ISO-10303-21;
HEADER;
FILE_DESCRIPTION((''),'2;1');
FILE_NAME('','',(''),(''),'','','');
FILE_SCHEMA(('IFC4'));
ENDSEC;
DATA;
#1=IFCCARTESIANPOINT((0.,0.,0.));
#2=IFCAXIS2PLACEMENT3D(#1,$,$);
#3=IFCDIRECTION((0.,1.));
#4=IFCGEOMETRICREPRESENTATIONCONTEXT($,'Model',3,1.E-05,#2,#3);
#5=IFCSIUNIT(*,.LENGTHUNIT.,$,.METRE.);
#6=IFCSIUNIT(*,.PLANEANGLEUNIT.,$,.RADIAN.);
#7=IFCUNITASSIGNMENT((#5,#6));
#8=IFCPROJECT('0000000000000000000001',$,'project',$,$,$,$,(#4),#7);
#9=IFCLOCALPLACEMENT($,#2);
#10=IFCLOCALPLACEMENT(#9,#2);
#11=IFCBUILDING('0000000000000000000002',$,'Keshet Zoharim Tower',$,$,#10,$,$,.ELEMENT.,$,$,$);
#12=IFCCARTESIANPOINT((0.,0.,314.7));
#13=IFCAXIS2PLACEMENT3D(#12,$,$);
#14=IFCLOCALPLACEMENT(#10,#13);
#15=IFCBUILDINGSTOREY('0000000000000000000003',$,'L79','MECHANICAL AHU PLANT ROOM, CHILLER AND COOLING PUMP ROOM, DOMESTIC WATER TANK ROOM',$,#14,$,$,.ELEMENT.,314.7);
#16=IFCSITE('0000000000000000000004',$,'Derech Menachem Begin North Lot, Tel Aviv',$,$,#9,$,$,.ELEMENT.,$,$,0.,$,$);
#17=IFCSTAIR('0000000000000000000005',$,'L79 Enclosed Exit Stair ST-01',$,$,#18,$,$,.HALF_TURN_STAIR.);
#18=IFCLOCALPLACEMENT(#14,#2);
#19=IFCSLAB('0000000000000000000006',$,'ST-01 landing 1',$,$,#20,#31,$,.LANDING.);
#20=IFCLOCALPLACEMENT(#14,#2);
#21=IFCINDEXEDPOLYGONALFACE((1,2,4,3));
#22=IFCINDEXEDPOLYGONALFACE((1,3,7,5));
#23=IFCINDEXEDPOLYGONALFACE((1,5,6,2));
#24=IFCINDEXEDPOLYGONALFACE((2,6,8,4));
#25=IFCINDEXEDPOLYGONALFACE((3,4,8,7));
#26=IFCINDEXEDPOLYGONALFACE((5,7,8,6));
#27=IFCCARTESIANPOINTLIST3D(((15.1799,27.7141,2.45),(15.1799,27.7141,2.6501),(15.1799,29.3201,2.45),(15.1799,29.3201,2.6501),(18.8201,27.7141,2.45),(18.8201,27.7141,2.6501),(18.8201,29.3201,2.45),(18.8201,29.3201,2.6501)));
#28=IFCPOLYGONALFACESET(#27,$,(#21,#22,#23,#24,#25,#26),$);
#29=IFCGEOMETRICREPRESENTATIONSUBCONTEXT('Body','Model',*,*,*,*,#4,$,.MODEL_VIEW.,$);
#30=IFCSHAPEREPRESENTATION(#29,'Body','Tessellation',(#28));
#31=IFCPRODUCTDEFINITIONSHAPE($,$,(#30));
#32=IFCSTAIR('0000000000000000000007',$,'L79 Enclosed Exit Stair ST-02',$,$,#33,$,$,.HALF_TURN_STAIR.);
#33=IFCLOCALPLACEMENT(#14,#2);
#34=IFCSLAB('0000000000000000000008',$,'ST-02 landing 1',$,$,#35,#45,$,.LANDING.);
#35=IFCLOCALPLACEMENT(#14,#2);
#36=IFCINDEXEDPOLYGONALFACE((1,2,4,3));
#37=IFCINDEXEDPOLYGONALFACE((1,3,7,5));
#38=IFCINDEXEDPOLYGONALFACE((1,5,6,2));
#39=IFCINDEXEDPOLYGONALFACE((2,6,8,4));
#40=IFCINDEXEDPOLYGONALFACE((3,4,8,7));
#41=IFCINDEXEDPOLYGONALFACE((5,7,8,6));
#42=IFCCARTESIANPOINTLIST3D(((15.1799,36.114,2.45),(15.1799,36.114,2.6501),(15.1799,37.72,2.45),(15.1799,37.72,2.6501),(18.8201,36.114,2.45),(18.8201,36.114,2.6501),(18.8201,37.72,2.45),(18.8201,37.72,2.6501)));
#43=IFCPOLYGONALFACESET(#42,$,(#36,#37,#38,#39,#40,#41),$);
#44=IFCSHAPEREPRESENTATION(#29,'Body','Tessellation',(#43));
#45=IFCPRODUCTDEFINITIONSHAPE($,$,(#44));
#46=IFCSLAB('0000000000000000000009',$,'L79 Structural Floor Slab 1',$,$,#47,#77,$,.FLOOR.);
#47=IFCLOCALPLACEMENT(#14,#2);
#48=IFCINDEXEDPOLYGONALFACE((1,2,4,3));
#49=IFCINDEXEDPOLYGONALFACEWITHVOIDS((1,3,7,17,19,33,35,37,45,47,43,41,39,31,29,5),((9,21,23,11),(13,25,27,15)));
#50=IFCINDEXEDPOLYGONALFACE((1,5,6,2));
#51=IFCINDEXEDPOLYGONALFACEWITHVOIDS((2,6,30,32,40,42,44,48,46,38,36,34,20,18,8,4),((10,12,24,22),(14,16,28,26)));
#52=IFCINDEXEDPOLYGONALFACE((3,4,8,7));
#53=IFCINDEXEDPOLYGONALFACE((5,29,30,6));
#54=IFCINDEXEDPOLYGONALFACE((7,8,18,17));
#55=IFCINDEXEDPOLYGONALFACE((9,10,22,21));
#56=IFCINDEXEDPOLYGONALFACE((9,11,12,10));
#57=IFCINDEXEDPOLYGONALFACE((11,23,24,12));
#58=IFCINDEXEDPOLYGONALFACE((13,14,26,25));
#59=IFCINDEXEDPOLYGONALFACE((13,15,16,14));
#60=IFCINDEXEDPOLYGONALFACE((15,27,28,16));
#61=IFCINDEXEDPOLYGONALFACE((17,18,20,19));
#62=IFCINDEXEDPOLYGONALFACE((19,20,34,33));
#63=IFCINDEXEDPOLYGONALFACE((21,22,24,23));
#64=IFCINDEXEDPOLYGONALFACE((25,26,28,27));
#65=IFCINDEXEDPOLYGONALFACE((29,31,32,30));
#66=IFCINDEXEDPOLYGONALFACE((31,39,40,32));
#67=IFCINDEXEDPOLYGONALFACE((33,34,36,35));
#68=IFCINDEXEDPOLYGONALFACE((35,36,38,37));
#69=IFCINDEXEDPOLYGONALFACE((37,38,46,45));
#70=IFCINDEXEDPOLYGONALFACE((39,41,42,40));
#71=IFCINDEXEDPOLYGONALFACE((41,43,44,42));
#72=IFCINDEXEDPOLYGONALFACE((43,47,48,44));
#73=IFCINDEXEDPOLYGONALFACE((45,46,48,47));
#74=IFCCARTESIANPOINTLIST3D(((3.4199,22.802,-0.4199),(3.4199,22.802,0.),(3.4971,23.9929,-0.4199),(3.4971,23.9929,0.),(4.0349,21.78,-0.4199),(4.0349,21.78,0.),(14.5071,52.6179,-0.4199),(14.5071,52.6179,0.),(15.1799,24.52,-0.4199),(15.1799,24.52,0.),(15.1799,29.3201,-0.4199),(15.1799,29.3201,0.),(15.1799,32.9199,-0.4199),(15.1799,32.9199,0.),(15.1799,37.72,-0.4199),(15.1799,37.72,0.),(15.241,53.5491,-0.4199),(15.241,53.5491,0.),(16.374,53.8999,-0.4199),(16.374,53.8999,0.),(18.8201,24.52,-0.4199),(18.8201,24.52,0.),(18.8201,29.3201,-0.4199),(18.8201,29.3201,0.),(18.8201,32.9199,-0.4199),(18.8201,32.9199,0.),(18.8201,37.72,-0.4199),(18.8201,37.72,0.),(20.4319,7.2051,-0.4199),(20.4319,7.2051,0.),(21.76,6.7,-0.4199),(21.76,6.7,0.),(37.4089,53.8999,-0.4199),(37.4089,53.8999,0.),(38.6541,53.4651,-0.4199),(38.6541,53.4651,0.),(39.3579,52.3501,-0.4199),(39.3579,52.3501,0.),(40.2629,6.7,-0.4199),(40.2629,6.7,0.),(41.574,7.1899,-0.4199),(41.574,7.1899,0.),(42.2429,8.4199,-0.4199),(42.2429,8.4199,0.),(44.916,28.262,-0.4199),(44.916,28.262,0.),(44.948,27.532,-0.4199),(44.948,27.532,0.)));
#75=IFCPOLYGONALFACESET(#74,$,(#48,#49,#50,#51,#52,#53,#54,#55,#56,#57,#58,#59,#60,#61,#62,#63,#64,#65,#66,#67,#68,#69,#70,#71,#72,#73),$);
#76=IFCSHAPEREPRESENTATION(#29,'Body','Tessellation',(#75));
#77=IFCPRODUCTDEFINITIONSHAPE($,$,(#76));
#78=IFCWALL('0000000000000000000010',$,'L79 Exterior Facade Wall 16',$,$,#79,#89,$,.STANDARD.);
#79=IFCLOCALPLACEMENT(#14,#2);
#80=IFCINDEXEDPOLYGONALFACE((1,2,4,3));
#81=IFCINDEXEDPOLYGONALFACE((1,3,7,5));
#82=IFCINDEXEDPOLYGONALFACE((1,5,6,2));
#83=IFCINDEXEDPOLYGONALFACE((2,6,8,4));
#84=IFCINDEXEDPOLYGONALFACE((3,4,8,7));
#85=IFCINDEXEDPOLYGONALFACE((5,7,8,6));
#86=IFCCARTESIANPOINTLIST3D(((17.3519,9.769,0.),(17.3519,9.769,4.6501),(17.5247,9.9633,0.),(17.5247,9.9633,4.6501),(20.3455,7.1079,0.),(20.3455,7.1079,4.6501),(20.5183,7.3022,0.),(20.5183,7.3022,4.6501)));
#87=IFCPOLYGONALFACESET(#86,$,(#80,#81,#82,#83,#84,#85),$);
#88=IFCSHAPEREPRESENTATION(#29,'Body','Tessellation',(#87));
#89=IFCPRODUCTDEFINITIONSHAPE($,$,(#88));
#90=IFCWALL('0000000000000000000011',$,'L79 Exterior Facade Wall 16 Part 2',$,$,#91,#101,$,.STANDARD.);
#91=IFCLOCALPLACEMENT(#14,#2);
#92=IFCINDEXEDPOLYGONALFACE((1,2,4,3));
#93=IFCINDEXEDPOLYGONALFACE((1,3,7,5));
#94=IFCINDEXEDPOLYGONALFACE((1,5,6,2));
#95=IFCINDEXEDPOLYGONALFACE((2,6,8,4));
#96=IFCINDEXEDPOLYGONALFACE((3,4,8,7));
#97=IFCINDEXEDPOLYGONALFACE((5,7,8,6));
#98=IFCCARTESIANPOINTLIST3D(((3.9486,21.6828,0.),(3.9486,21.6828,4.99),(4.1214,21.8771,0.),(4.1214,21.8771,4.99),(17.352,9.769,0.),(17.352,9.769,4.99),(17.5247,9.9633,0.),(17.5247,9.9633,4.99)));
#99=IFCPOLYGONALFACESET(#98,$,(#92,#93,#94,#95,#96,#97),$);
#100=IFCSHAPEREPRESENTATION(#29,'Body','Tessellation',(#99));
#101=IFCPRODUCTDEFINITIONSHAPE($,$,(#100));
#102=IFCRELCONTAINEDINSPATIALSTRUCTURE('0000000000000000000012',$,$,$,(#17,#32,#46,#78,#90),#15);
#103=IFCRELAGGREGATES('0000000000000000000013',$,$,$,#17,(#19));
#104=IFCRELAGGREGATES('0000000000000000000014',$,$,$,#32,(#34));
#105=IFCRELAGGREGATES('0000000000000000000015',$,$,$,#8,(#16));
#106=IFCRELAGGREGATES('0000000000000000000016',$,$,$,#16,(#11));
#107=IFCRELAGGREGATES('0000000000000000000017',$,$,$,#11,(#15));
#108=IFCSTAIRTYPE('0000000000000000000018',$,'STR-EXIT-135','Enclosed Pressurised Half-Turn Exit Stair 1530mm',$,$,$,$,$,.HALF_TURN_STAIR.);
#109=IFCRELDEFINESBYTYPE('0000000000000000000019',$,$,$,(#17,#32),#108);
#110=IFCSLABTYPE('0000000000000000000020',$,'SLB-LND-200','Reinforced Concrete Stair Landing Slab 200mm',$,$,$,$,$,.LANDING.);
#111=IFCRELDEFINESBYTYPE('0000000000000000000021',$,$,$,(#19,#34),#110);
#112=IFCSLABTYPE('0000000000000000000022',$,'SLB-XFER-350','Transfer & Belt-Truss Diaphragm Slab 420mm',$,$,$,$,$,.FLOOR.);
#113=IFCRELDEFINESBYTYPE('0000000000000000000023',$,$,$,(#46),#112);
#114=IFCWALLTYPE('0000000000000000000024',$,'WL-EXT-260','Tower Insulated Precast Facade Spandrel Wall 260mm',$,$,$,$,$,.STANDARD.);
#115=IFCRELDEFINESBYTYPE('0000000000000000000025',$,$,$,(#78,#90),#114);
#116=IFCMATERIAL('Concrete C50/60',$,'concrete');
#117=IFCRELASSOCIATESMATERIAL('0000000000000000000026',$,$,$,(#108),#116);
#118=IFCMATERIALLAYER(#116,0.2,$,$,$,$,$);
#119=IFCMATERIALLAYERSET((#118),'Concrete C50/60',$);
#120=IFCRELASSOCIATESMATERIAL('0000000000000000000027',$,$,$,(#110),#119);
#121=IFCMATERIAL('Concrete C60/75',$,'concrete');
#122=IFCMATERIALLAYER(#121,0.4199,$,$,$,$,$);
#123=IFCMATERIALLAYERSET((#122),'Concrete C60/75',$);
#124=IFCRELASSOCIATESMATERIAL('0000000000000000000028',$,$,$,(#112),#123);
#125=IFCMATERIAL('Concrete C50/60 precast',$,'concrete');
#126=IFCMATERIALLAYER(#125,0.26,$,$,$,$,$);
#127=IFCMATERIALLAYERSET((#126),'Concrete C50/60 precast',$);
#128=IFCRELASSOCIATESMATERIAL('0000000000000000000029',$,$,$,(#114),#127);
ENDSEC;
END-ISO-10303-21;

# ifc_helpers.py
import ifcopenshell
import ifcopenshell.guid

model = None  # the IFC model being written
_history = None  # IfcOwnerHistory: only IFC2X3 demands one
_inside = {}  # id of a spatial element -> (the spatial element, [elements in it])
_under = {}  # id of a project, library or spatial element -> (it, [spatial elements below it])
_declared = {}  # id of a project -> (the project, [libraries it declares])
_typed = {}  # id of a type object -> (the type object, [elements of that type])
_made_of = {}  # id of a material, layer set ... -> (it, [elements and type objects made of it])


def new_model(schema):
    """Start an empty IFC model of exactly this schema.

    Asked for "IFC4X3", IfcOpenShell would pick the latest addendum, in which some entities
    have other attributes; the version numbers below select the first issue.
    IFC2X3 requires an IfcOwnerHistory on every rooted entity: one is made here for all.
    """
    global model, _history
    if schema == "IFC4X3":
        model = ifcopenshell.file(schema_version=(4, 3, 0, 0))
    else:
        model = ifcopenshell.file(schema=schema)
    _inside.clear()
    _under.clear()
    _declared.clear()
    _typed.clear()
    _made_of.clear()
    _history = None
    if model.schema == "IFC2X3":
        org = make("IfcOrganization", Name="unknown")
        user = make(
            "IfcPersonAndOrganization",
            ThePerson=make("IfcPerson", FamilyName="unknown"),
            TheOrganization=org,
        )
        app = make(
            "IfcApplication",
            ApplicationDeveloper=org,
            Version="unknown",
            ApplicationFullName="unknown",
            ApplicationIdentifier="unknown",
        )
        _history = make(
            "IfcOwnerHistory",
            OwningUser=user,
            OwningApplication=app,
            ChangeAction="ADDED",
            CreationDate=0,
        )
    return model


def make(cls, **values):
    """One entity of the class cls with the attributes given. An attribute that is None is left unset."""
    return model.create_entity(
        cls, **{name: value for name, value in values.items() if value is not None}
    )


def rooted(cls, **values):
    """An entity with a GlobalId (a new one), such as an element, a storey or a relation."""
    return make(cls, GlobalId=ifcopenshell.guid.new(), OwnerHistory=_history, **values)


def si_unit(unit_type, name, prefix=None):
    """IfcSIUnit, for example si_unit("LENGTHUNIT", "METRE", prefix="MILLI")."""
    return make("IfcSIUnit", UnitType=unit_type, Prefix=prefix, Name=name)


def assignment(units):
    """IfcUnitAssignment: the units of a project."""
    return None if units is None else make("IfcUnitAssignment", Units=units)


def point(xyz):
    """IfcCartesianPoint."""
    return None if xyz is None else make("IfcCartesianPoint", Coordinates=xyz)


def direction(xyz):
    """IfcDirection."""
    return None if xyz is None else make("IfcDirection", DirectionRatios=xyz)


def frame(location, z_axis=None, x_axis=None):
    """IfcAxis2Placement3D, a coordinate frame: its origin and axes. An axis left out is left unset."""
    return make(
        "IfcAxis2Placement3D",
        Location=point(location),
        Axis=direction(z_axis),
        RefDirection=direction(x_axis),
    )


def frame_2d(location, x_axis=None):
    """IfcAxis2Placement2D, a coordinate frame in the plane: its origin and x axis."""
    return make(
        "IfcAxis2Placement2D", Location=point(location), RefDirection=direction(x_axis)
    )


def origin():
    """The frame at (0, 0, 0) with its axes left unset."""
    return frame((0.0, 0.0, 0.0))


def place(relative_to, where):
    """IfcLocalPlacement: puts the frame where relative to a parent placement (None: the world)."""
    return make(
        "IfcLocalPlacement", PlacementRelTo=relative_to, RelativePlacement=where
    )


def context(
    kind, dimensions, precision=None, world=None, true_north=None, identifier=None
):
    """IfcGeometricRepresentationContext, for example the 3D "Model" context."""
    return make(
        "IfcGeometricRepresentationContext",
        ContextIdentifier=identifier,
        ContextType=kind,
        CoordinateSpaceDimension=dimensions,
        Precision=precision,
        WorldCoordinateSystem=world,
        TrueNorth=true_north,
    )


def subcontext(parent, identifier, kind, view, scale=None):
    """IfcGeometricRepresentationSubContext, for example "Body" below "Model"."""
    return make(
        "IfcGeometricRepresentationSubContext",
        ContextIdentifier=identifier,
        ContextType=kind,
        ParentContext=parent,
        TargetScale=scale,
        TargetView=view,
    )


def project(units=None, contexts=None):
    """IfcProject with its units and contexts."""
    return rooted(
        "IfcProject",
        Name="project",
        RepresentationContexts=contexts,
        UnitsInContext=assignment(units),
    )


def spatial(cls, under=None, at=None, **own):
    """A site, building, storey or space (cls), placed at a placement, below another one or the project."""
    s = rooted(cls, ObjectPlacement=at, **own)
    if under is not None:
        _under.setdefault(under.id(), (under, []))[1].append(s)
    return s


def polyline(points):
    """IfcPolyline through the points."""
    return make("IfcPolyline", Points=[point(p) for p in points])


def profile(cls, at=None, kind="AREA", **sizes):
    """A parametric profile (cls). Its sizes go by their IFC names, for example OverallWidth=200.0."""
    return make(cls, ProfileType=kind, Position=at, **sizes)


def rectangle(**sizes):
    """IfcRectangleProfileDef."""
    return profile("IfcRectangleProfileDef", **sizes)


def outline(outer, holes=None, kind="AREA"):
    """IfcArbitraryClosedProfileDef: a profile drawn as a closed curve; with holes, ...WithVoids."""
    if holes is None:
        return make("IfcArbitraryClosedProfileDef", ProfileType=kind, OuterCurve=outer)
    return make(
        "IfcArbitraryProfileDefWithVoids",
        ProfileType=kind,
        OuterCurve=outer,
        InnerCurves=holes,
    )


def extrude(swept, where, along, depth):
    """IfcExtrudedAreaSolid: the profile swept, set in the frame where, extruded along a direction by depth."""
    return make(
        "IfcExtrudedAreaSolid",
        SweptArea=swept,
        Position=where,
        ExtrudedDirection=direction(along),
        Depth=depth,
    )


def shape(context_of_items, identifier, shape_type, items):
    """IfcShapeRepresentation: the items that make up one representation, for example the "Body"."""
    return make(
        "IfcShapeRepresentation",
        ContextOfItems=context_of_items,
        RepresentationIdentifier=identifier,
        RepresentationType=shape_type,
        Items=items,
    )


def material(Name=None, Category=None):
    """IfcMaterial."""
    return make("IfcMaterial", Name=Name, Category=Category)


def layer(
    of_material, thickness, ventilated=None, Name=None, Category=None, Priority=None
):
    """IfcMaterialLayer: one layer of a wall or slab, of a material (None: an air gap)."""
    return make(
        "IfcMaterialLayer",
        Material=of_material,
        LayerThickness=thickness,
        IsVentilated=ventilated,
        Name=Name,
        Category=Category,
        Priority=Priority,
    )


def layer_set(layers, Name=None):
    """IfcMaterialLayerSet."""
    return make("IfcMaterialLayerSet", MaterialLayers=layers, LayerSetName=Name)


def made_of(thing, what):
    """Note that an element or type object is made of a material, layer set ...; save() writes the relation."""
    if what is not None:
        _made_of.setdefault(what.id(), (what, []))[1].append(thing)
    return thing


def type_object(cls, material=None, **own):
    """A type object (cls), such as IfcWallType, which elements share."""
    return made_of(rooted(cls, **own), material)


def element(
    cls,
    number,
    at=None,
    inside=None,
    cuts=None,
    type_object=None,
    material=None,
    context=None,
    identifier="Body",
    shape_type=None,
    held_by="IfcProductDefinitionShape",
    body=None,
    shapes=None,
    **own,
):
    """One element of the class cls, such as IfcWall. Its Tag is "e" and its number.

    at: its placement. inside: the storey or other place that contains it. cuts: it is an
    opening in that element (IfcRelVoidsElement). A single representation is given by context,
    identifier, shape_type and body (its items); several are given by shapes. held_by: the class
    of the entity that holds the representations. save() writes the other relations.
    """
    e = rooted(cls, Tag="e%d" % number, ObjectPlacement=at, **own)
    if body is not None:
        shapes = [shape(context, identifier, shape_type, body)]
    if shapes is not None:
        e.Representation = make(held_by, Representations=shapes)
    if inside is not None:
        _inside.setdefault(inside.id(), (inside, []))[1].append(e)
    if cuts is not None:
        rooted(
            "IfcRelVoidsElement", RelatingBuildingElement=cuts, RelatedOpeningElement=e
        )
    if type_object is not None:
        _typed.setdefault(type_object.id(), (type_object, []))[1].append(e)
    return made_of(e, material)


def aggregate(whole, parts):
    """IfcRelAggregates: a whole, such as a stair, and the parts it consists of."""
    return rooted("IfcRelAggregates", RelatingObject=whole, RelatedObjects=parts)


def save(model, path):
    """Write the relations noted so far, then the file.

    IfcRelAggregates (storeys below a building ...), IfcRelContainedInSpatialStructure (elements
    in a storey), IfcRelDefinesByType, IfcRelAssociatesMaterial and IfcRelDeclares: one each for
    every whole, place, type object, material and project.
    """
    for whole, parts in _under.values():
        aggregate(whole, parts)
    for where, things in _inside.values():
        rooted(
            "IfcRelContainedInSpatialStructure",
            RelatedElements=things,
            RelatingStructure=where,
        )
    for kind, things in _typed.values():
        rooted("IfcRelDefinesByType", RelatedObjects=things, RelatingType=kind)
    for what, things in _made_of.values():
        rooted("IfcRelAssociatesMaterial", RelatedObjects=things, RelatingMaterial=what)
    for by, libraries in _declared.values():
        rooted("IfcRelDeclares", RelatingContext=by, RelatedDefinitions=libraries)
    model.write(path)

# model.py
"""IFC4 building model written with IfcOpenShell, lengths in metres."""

from ifc_helpers import new_model, si_unit, direction, frame, frame_2d, origin, place, context, subcontext, project, spatial, polyline, rectangle, outline, extrude, material, layer, layer_set, type_object, element, aggregate, save


model = new_model("IFC4")

# Units and contexts
model_context = context("Model", 3, precision=1e-05, world=origin(), true_north=direction((0.0, 1.0)))
body_context = subcontext(model_context, "Body", "Model", "MODEL_VIEW")
ifc_project = project(units=[si_unit("LENGTHUNIT", "METRE"), si_unit("PLANEANGLEUNIT", "RADIAN")], contexts=[model_context])

# Site, building, storey
site_placement = place(None, origin())
site = spatial("IfcSite", under=ifc_project, at=site_placement, Name="Derech Menachem Begin North Lot, Tel Aviv", CompositionType="ELEMENT", RefElevation=0.0)
building_placement = place(site_placement, origin())
building = spatial("IfcBuilding", under=site, at=building_placement, Name="Keshet Zoharim Tower", CompositionType="ELEMENT")
storey_placement = place(building_placement, frame((0.0, 0.0, 314.7)))
storey = spatial("IfcBuildingStorey", under=building, at=storey_placement, Name="L79", Description="MECHANICAL AHU PLANT ROOM, CHILLER AND COOLING PUMP ROOM, DOMESTIC WATER TANK ROOM", CompositionType="ELEMENT", Elevation=314.7)

# Shared definitions
ifc_material_1 = material(Name="Concrete C50/60", Category="concrete")

# Stairs, slabs
stair_type = type_object("IfcStairType", Name="STR-EXIT-135", Description="Enclosed Pressurised Half-Turn Exit Stair 1530mm", PredefinedType="HALF_TURN_STAIR", material=ifc_material_1)
stair_1_placement = place(storey_placement, origin())
stair_1 = element("IfcStair", 1, at=stair_1_placement, inside=storey, type_object=stair_type, Name="L79 Enclosed Exit Stair ST-01", PredefinedType="HALF_TURN_STAIR")
ifc_layer_1 = layer(ifc_material_1, 0.2)
ifc_layer_set_1 = layer_set([ifc_layer_1], Name="Concrete C50/60")
slab_type_1 = type_object("IfcSlabType", Name="SLB-LND-200", Description="Reinforced Concrete Stair Landing Slab 200mm", PredefinedType="LANDING", material=ifc_layer_set_1)
slab_1_placement = place(storey_placement, frame((0.0, 0.0, 2.45)))
slab_1 = element("IfcSlab", 2, at=slab_1_placement, type_object=slab_type_1, Name="ST-01 landing 1", PredefinedType="LANDING", context=body_context, shape_type="SweptSolid", body=[
    extrude(outline(polyline([(15.1799, 27.7141), (18.8201, 27.7141), (18.8201, 29.3201), (15.1799, 29.3201), (15.1799, 27.7141)])), origin(), (0.0, 0.0, 1.0), 0.2002),
])
aggregate(stair_1, [slab_1])
stair_2_placement = place(storey_placement, origin())
stair_2 = element("IfcStair", 3, at=stair_2_placement, inside=storey, type_object=stair_type, Name="L79 Enclosed Exit Stair ST-02", PredefinedType="HALF_TURN_STAIR")
slab_2_placement = place(storey_placement, frame((0.0, 0.0, 2.45)))
slab_2 = element("IfcSlab", 4, at=slab_2_placement, type_object=slab_type_1, Name="ST-02 landing 1", PredefinedType="LANDING", context=body_context, shape_type="SweptSolid", body=[
    extrude(outline(polyline([(15.1799, 36.114), (18.8201, 36.114), (18.8201, 37.72), (15.1799, 37.72), (15.1799, 36.114)])), origin(), (0.0, 0.0, 1.0), 0.2002),
])
aggregate(stair_2, [slab_2])

# Slab
ifc_material_2 = material(Name="Concrete C60/75", Category="concrete")
ifc_layer_2 = layer(ifc_material_2, 0.4199)
ifc_layer_set_2 = layer_set([ifc_layer_2], Name="Concrete C60/75")
slab_type_2 = type_object("IfcSlabType", Name="SLB-XFER-350", Description="Transfer & Belt-Truss Diaphragm Slab 420mm", PredefinedType="FLOOR", material=ifc_layer_set_2)
slab_3_placement = place(storey_placement, frame((0.0, 0.0, -0.4199)))
element("IfcSlab", 5, at=slab_3_placement, inside=storey, type_object=slab_type_2, Name="L79 Structural Floor Slab 1", PredefinedType="FLOOR", context=body_context, shape_type="SweptSolid", body=[
    extrude(outline(polyline([(4.0349, 21.78), (3.4199, 22.802), (3.4971, 23.9929), (14.5071, 52.6179), (15.241, 53.5491), (16.374, 53.8999), (37.4089, 53.8999), (38.6541, 53.4651), (39.3579, 52.3501), (44.916, 28.262), (44.948, 27.532), (42.2429, 8.4199), (41.574, 7.1899), (40.2629, 6.7), (21.76, 6.7), (20.4319, 7.2051), (4.0349, 21.78)]), holes=[polyline([(15.1799, 24.52), (18.8201, 24.52), (18.8201, 29.3201), (15.1799, 29.3201), (15.1799, 24.52)]), polyline([(15.1799, 32.9199), (18.8201, 32.9199), (18.8201, 37.72), (15.1799, 37.72), (15.1799, 32.9199)])]), origin(), (0.0, 0.0, 1.0), 0.4199),
])

# Walls
ifc_material_3 = material(Name="Concrete C50/60 precast", Category="concrete")
ifc_layer_3 = layer(ifc_material_3, 0.26)
ifc_layer_set_3 = layer_set([ifc_layer_3], Name="Concrete C50/60 precast")
wall_type = type_object("IfcWallType", Name="WL-EXT-260", Description="Tower Insulated Precast Facade Spandrel Wall 260mm", PredefinedType="STANDARD", material=ifc_layer_set_3)
wall_1_placement = place(storey_placement, frame((20.4319, 7.2051, 0.0), z_axis=(0.0, 0.0, 1.0), x_axis=(-0.747396, 0.664379, 0.0)))
element("IfcWall", 6, at=wall_1_placement, inside=storey, type_object=wall_type, Name="L79 Exterior Facade Wall 16", PredefinedType="STANDARD", context=body_context, shape_type="SweptSolid", body=[
    extrude(rectangle(XDim=4.0054, YDim=0.26, at=frame_2d((2.0027, 0.0))), origin(), (0.0, 0.0, 1.0), 4.6501),
])
wall_2_placement = place(storey_placement, frame((17.4382, 9.8662, 0.0), z_axis=(0.0, 0.0, 1.0), x_axis=(-0.747416, 0.664356, 0.0)))
element("IfcWall", 7, at=wall_2_placement, inside=storey, type_object=wall_type, Name="L79 Exterior Facade Wall 16 Part 2", PredefinedType="STANDARD", context=body_context, shape_type="SweptSolid", body=[
    extrude(rectangle(XDim=17.9329, YDim=0.26, at=frame_2d((8.9663, 0.0))), origin(), (0.0, 0.0, 1.0), 4.99),
])

save(model, "model.ifc")
